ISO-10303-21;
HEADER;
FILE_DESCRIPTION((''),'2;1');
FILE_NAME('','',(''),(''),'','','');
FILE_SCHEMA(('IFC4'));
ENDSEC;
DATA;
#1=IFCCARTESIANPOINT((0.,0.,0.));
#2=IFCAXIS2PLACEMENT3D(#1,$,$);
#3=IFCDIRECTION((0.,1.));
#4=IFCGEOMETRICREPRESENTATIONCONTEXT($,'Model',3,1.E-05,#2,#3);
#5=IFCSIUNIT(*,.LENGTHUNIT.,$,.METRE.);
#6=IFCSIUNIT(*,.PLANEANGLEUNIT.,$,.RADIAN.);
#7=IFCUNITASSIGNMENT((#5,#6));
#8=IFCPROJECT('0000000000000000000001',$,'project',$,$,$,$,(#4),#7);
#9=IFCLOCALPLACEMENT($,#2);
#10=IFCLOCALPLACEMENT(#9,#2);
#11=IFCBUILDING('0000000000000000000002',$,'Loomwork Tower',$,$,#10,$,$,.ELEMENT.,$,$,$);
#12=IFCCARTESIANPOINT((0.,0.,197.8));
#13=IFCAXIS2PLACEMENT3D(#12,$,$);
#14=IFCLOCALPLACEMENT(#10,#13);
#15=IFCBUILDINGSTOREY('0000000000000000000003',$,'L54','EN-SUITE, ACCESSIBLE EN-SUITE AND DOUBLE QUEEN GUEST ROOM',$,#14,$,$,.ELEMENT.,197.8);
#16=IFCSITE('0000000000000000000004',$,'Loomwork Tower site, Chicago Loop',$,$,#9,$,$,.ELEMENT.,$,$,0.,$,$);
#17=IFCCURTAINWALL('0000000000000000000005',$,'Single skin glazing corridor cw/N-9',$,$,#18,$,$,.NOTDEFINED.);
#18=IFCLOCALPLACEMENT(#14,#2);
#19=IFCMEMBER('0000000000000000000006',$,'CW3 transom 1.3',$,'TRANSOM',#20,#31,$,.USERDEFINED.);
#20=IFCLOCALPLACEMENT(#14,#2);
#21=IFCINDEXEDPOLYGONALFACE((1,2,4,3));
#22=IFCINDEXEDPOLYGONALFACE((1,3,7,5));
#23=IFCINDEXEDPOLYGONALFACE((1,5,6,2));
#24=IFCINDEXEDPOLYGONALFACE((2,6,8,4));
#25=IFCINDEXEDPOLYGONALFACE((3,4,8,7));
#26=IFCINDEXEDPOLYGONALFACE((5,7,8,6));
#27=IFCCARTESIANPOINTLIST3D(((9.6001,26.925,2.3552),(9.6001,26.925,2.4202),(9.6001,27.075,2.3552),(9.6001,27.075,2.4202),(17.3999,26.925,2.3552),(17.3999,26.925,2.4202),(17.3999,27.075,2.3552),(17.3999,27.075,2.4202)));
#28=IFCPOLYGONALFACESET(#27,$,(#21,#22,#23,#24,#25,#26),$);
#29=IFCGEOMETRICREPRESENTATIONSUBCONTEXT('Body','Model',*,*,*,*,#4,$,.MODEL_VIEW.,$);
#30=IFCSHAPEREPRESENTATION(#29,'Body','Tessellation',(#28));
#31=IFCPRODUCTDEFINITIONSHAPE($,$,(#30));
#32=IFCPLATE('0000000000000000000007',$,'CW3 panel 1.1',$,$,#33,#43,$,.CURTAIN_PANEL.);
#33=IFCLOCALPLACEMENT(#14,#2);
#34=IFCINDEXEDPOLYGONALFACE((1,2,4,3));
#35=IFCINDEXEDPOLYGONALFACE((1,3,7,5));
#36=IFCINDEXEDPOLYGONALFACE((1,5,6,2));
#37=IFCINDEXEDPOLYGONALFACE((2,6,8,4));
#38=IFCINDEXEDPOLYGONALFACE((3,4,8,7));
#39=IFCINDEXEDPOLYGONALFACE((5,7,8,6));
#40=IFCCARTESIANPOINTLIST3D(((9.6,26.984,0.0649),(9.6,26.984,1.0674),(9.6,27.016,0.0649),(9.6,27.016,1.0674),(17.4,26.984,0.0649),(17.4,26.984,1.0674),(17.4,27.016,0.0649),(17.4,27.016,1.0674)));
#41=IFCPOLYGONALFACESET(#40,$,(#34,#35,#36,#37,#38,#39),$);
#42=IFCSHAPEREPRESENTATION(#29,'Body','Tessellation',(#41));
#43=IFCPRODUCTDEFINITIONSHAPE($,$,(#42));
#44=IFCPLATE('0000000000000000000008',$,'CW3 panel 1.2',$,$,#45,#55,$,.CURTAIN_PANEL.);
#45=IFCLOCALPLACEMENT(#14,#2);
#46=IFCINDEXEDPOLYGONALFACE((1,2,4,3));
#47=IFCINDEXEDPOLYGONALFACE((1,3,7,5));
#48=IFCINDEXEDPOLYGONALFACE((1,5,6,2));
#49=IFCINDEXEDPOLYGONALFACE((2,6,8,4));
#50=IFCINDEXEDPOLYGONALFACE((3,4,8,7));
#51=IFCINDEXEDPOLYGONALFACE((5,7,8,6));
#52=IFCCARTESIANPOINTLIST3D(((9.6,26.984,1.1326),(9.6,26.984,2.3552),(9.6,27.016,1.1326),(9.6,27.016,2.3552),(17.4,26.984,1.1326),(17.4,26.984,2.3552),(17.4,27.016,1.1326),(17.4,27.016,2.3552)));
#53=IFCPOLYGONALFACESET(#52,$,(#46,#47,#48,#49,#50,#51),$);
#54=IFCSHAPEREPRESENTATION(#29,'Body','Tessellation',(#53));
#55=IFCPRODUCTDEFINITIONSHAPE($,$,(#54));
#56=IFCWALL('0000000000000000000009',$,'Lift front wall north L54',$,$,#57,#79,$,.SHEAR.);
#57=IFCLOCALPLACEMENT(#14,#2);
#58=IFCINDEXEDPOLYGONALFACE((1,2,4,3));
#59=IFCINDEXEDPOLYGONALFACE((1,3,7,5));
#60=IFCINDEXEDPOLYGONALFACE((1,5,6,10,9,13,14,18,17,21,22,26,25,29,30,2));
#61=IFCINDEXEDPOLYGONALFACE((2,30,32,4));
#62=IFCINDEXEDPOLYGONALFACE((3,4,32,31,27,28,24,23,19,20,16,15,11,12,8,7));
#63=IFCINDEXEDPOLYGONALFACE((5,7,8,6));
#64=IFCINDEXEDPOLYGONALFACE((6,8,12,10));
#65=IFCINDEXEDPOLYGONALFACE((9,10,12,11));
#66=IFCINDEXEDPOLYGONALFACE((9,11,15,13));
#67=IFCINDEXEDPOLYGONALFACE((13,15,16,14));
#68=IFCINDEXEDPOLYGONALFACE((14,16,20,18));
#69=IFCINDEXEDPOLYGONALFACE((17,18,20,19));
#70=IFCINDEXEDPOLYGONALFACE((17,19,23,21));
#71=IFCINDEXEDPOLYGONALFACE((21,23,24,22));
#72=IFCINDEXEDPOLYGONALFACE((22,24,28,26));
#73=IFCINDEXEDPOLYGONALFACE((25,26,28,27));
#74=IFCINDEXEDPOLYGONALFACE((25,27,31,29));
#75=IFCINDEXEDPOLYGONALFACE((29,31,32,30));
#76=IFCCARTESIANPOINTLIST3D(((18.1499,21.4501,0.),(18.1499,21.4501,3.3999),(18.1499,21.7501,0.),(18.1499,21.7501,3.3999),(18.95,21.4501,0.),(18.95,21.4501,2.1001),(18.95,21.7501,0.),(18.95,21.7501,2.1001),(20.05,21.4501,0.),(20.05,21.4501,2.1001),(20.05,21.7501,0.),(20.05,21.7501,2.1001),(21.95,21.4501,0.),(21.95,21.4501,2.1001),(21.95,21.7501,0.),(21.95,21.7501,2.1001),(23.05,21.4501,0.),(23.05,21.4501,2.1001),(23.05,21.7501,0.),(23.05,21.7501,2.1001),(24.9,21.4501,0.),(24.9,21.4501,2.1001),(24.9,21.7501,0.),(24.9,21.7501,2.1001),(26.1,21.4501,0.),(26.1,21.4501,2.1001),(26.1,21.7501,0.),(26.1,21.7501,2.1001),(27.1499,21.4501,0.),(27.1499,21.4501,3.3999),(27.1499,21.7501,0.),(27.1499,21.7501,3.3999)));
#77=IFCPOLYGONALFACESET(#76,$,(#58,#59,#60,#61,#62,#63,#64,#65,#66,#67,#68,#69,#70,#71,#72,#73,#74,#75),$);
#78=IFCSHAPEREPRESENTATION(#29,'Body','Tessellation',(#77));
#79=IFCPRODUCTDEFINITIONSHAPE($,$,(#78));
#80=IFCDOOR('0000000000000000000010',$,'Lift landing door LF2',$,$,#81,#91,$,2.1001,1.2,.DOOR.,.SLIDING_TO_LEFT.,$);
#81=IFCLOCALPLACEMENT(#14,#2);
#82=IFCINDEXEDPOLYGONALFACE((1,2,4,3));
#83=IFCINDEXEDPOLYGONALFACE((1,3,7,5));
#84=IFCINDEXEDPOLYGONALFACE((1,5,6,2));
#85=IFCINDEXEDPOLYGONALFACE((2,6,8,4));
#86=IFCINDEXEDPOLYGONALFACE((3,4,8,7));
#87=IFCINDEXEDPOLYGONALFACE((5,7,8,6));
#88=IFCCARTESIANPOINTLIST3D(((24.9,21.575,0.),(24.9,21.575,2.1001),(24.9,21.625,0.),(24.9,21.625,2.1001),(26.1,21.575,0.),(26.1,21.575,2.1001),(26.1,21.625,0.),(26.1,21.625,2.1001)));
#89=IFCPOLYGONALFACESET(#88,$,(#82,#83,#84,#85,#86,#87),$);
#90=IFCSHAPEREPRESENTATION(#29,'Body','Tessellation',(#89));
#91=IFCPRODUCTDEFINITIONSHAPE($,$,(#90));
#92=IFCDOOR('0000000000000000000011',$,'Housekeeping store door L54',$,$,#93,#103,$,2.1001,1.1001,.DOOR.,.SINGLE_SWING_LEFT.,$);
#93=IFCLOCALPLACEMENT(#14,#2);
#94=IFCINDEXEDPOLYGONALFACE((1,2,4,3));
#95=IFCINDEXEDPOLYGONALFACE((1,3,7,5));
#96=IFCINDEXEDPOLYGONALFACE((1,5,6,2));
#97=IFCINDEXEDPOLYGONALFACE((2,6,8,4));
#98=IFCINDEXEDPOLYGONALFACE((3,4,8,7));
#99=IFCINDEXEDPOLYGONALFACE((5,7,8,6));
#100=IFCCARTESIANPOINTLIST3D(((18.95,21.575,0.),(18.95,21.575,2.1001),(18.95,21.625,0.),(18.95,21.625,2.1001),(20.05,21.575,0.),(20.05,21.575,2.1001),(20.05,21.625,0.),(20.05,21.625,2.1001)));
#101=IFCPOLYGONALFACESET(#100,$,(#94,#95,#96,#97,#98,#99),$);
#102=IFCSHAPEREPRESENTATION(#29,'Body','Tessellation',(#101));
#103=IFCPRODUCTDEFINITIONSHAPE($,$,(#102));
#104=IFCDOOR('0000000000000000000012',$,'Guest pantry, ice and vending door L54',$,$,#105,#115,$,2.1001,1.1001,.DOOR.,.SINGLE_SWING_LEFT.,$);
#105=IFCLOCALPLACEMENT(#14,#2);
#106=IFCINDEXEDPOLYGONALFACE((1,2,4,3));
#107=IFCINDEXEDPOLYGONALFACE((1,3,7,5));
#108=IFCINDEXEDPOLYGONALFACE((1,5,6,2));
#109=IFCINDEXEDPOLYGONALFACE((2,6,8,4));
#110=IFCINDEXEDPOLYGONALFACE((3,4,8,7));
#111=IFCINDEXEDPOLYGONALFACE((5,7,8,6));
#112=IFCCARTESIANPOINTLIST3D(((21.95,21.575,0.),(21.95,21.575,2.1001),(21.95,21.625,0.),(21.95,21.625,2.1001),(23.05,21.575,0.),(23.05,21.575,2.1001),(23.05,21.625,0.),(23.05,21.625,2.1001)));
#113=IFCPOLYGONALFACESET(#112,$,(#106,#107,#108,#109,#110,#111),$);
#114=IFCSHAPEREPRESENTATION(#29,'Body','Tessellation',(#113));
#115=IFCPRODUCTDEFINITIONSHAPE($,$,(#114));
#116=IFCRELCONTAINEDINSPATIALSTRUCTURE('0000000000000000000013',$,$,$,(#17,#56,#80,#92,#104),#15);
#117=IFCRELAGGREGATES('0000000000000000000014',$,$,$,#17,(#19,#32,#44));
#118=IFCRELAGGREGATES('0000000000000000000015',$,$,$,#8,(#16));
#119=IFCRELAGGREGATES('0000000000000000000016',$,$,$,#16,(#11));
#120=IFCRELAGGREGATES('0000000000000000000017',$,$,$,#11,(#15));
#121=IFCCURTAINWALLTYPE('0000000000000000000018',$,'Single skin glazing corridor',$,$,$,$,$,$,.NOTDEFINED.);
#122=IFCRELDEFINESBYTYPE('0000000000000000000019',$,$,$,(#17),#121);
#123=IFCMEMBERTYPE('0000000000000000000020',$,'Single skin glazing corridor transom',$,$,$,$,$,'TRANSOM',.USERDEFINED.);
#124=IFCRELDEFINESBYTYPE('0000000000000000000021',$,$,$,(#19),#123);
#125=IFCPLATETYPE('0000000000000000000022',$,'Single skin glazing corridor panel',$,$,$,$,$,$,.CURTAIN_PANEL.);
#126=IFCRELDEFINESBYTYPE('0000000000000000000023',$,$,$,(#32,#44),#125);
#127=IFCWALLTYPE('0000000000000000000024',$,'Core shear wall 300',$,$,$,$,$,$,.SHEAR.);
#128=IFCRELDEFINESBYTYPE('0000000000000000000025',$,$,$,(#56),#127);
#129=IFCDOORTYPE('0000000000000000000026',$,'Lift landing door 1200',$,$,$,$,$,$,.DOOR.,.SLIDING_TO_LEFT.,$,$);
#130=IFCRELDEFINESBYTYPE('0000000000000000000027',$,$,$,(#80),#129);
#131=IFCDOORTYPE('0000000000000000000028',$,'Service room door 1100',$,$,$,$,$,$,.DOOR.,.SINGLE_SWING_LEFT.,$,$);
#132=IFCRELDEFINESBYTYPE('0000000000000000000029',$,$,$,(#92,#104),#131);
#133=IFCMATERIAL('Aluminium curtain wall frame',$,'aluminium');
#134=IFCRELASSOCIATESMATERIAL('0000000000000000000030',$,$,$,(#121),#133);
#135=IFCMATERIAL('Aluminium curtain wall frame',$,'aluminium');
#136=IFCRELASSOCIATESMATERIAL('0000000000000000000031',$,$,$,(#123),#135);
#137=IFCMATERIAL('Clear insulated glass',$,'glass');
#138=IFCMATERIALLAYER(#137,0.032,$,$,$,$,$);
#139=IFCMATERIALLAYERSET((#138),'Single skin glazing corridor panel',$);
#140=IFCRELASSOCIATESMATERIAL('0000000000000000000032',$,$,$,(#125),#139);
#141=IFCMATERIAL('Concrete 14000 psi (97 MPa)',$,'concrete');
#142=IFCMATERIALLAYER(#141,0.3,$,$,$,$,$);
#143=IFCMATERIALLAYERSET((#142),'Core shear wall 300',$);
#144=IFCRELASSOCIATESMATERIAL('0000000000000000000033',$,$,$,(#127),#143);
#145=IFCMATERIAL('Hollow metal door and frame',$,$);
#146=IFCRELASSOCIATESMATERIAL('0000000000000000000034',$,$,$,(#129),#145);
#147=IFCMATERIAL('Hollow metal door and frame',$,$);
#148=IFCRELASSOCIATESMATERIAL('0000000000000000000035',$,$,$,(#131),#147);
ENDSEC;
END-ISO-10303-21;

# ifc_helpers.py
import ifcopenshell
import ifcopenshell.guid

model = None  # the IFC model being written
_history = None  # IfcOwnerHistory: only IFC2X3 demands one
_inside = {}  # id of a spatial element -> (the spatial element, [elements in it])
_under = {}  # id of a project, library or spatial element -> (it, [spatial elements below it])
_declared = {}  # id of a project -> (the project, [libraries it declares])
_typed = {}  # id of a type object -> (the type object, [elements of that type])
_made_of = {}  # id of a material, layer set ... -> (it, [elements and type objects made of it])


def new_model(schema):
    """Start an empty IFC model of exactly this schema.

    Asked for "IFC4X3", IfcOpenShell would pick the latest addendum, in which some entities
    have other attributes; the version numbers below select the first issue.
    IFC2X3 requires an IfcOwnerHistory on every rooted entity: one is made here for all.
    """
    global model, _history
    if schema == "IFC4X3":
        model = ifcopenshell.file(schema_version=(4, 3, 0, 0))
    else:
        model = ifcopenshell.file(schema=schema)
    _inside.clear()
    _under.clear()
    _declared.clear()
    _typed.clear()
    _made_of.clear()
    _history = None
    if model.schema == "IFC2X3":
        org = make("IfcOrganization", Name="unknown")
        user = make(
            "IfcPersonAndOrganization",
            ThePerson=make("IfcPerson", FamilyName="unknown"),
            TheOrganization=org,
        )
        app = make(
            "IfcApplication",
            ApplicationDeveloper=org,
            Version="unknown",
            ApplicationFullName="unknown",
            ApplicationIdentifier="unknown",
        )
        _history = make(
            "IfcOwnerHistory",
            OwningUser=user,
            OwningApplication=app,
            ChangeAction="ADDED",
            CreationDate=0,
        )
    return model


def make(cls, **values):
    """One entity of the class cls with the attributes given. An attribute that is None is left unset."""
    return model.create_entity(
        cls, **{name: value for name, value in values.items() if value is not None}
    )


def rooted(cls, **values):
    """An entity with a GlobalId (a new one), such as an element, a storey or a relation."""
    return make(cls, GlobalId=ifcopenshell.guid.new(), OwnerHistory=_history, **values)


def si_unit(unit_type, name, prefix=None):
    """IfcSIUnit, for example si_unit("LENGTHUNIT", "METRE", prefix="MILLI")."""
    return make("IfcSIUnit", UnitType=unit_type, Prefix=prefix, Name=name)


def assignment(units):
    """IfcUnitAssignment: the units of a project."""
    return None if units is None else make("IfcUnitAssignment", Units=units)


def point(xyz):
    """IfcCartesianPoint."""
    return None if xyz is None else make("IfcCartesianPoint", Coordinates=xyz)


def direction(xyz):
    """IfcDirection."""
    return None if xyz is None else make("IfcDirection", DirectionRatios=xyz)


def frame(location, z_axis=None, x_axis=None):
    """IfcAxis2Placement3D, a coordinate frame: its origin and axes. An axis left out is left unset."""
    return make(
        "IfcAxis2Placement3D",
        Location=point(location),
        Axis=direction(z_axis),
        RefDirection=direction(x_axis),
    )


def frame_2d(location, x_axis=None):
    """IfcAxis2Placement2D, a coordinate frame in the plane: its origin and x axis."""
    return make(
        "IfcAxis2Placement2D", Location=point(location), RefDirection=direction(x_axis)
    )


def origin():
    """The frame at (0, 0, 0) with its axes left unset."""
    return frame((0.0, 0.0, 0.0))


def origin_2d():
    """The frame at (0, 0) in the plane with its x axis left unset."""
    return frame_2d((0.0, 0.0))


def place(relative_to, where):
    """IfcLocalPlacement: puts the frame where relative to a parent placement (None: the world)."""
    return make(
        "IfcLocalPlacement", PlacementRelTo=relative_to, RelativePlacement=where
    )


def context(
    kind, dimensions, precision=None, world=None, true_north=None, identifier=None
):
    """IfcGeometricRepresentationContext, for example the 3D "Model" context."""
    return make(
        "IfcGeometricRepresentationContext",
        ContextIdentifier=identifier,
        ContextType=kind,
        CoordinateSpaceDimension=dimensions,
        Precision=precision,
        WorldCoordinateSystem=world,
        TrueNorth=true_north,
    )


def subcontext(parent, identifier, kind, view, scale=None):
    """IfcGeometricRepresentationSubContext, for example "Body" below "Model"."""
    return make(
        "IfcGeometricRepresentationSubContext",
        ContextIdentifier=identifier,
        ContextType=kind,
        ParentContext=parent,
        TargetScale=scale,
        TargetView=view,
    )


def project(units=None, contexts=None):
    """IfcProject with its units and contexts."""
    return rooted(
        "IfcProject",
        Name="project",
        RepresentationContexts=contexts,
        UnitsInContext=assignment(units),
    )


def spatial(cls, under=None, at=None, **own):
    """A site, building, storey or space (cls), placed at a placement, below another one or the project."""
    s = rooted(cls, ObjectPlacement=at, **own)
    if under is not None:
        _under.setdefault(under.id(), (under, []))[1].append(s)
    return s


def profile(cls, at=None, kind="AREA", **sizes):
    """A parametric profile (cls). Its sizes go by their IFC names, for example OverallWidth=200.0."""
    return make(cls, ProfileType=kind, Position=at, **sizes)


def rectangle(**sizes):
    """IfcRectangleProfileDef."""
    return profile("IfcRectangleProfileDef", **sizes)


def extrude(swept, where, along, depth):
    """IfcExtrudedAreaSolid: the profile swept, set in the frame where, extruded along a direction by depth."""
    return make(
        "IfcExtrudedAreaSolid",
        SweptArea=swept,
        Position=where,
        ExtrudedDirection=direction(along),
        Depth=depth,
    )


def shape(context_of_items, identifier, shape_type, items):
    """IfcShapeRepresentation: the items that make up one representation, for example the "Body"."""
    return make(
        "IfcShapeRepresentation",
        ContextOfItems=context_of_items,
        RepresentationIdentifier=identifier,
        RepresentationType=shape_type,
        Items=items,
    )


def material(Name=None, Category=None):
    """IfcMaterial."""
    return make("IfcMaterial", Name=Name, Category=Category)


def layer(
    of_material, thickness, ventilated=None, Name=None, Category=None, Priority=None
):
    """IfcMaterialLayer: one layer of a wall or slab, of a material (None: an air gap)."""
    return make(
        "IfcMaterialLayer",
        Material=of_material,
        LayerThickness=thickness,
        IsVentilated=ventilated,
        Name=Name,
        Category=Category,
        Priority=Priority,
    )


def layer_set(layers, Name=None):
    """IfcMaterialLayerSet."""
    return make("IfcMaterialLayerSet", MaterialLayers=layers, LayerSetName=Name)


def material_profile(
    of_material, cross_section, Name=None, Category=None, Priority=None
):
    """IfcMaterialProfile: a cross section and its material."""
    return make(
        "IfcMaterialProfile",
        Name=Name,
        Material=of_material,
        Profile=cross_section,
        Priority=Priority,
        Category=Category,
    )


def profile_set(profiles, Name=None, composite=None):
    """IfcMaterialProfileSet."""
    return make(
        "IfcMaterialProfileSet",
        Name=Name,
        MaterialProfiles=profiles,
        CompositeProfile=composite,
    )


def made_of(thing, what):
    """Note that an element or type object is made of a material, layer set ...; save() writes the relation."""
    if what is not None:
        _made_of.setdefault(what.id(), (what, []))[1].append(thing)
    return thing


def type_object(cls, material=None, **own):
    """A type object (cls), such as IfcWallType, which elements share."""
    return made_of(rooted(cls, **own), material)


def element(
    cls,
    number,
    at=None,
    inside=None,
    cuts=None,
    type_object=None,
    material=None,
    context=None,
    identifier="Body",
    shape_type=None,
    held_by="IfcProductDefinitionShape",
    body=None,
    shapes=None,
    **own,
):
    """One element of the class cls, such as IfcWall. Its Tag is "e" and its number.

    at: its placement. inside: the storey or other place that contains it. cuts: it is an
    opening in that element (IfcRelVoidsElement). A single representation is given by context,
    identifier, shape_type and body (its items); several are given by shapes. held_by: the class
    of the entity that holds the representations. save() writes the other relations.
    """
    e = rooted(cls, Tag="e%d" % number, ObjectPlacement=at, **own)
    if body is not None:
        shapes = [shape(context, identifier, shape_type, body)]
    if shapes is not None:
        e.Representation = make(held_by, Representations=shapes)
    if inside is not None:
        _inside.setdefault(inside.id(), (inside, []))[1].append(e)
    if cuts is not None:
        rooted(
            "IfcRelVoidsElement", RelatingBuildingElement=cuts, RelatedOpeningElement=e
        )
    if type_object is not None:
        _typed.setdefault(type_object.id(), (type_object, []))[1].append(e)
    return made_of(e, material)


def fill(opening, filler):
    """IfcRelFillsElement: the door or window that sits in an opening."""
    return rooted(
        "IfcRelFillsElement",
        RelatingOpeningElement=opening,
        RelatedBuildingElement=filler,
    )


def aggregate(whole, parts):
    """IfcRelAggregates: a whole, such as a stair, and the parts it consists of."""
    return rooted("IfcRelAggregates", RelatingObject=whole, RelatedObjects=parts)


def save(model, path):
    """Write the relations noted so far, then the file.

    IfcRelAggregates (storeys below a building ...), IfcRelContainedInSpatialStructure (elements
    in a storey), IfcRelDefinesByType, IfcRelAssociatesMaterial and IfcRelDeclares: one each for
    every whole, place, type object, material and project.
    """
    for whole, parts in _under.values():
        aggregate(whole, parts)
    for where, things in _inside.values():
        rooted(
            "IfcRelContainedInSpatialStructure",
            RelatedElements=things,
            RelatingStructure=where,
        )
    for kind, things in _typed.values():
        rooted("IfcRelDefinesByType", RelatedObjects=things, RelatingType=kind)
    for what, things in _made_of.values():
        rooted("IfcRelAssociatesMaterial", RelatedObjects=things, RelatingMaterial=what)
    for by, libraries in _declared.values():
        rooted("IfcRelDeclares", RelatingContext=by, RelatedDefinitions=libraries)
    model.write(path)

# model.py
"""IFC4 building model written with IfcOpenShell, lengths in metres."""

from ifc_helpers import new_model, si_unit, direction, frame, frame_2d, origin, origin_2d, place, context, subcontext, project, spatial, rectangle, extrude, material, layer, layer_set, material_profile, profile_set, type_object, element, fill, aggregate, save


model = new_model("IFC4")

# Units and contexts
model_context = context("Model", 3, precision=1e-05, world=origin(), true_north=direction((0.0, 1.0)))
body_context = subcontext(model_context, "Body", "Model", "MODEL_VIEW")
ifc_project = project(units=[si_unit("LENGTHUNIT", "METRE"), si_unit("PLANEANGLEUNIT", "RADIAN")], contexts=[model_context])

# Site, building, storey
site_placement = place(None, origin())
site = spatial("IfcSite", under=ifc_project, at=site_placement, Name="Loomwork Tower site, Chicago Loop", CompositionType="ELEMENT", RefElevation=0.0)
building_placement = place(site_placement, origin())
building = spatial("IfcBuilding", under=site, at=building_placement, Name="Loomwork Tower", CompositionType="ELEMENT")
storey_placement = place(building_placement, frame((0.0, 0.0, 197.8)))
storey = spatial("IfcBuildingStorey", under=building, at=storey_placement, Name="L54", Description="EN-SUITE, ACCESSIBLE EN-SUITE AND DOUBLE QUEEN GUEST ROOM", CompositionType="ELEMENT", Elevation=197.8)

# Shared definitions
ifc_material_1 = material(Name="Aluminium curtain wall frame", Category="aluminium")
curtain_wall_type = type_object("IfcCurtainWallType", Name="Single skin glazing corridor", PredefinedType="NOTDEFINED", material=ifc_material_1)

# Curtain wall
curtain_wall_1_placement = place(storey_placement, origin())
curtain_wall_1 = element("IfcCurtainWall", 1, at=curtain_wall_1_placement, inside=storey, type_object=curtain_wall_type, Name="Single skin glazing corridor cw/N-9", PredefinedType="NOTDEFINED")

# Member
ifc_material_2 = material(Name="Aluminium curtain wall frame", Category="aluminium")
ifc_material_profile_1 = material_profile(ifc_material_2, rectangle(XDim=0.1499, YDim=0.0649, at=origin_2d()), Name="AL 65x150")
ifc_profile_set_1 = profile_set([ifc_material_profile_1], Name="Aluminium curtain wall frame")
member_type_1 = type_object("IfcMemberType", Name="Single skin glazing corridor transom", ElementType="TRANSOM", PredefinedType="USERDEFINED", material=ifc_profile_set_1)
member_1_placement = place(storey_placement, frame((17.3999, 27.0, 2.3877), z_axis=(-1.0, 0.0, 0.0), x_axis=(0.0, -1.0, 0.0)))
member_1 = element("IfcMember", 2, at=member_1_placement, type_object=member_type_1, Name="CW3 transom 1.3", ObjectType="TRANSOM", PredefinedType="USERDEFINED", context=body_context, shape_type="SweptSolid", body=[
    extrude(rectangle(XDim=0.1499, YDim=0.0649, at=origin_2d()), origin(), (0.0, 0.0, 1.0), 7.7998),
])

# Plates
ifc_material_3 = material(Name="Clear insulated glass", Category="glass")
ifc_layer_1 = layer(ifc_material_3, 0.032)
ifc_layer_set_1 = layer_set([ifc_layer_1], Name="Single skin glazing corridor panel")
plate_type = type_object("IfcPlateType", Name="Single skin glazing corridor panel", PredefinedType="CURTAIN_PANEL", material=ifc_layer_set_1)
plate_1_placement = place(storey_placement, frame((13.5, 27.0, 0.0649), z_axis=(0.0, 0.0, 1.0), x_axis=(-1.0, 0.0, 0.0)))
plate_1 = element("IfcPlate", 3, at=plate_1_placement, type_object=plate_type, Name="CW3 panel 1.1", PredefinedType="CURTAIN_PANEL", context=body_context, shape_type="SweptSolid", body=[
    extrude(rectangle(XDim=7.8, YDim=0.032, at=origin_2d()), origin(), (0.0, 0.0, 1.0), 1.0024),
])
plate_2_placement = place(storey_placement, frame((13.5, 27.0, 1.1326), z_axis=(0.0, 0.0, 1.0), x_axis=(-1.0, 0.0, 0.0)))
plate_2 = element("IfcPlate", 4, at=plate_2_placement, type_object=plate_type, Name="CW3 panel 1.2", PredefinedType="CURTAIN_PANEL", context=body_context, shape_type="SweptSolid", body=[
    extrude(rectangle(XDim=7.8, YDim=0.032, at=origin_2d()), origin(), (0.0, 0.0, 1.0), 1.2227),
])
aggregate(curtain_wall_1, [member_1, plate_1, plate_2])

# Wall, openings, doors
ifc_material_4 = material(Name="Concrete 14000 psi (97 MPa)", Category="concrete")
ifc_layer_2 = layer(ifc_material_4, 0.3)
ifc_layer_set_2 = layer_set([ifc_layer_2], Name="Core shear wall 300")
wall_type_1 = type_object("IfcWallType", Name="Core shear wall 300", PredefinedType="SHEAR", material=ifc_layer_set_2)
wall_1_placement = place(storey_placement, frame((18.1499, 21.6001, 0.0), z_axis=(0.0, 0.0, 1.0), x_axis=(1.0, 0.0, 0.0)))
wall_1 = element("IfcWall", 5, at=wall_1_placement, inside=storey, type_object=wall_type_1, Name="Lift front wall north L54", PredefinedType="SHEAR", context=body_context, shape_type="SweptSolid", body=[
    extrude(rectangle(XDim=9.0, YDim=0.3, at=frame_2d((4.5, 0.0))), origin(), (0.0, 0.0, 1.0), 3.3999),
])
opening_1_placement = place(wall_1_placement, frame((6.75, 0.0, 0.0)))
opening_1 = element("IfcOpeningElement", 6, at=opening_1_placement, cuts=wall_1, PredefinedType="OPENING", context=body_context, shape_type="SweptSolid", body=[
    extrude(rectangle(XDim=1.2, YDim=2.1001, at=frame_2d((0.6001, 1.05))), frame((0.0, 0.1599, 0.0), z_axis=(0.0, -1.0, 0.0), x_axis=(1.0, 0.0, 0.0)), (0.0, 0.0, 1.0), 0.3201),
])
opening_2_placement = place(wall_1_placement, frame((0.8, 0.0, 0.0)))
opening_2 = element("IfcOpeningElement", 7, at=opening_2_placement, cuts=wall_1, PredefinedType="OPENING", context=body_context, shape_type="SweptSolid", body=[
    extrude(rectangle(XDim=1.1001, YDim=2.1001, at=frame_2d((0.55, 1.05))), frame((0.0, 0.1599, 0.0), z_axis=(0.0, -1.0, 0.0), x_axis=(1.0, 0.0, 0.0)), (0.0, 0.0, 1.0), 0.3201),
])
opening_3_placement = place(wall_1_placement, frame((3.8, 0.0, 0.0)))
opening_3 = element("IfcOpeningElement", 8, at=opening_3_placement, cuts=wall_1, PredefinedType="OPENING", context=body_context, shape_type="SweptSolid", body=[
    extrude(rectangle(XDim=1.1001, YDim=2.1001, at=frame_2d((0.55, 1.05))), frame((0.0, 0.1599, 0.0), z_axis=(0.0, -1.0, 0.0), x_axis=(1.0, 0.0, 0.0)), (0.0, 0.0, 1.0), 0.3201),
])
ifc_material_5 = material(Name="Hollow metal door and frame")
door_type_1 = type_object("IfcDoorType", Name="Lift landing door 1200", OperationType="SLIDING_TO_LEFT", PredefinedType="DOOR", material=ifc_material_5)
door_1_placement = place(opening_1_placement, origin())
door_1 = element("IfcDoor", 9, at=door_1_placement, inside=storey, type_object=door_type_1, Name="Lift landing door LF2", OperationType="SLIDING_TO_LEFT", OverallHeight=2.1001, OverallWidth=1.2, PredefinedType="DOOR", context=body_context, shape_type="SweptSolid", body=[
    extrude(rectangle(XDim=1.2, YDim=2.1001, at=frame_2d((0.6001, 1.05))), frame((0.0, 0.0249, 0.0), z_axis=(0.0, -1.0, 0.0), x_axis=(1.0, 0.0, 0.0)), (0.0, 0.0, 1.0), 0.05),
])
fill(opening_1, door_1)
ifc_material_6 = material(Name="Hollow metal door and frame")
door_type_2 = type_object("IfcDoorType", Name="Service room door 1100", OperationType="SINGLE_SWING_LEFT", PredefinedType="DOOR", material=ifc_material_6)
door_2_placement = place(opening_2_placement, origin())
door_2 = element("IfcDoor", 10, at=door_2_placement, inside=storey, type_object=door_type_2, Name="Housekeeping store door L54", OperationType="SINGLE_SWING_LEFT", OverallHeight=2.1001, OverallWidth=1.1001, PredefinedType="DOOR", context=body_context, shape_type="SweptSolid", body=[
    extrude(rectangle(XDim=1.1001, YDim=2.1001, at=frame_2d((0.55, 1.05))), frame((0.0, 0.0249, 0.0), z_axis=(0.0, -1.0, 0.0), x_axis=(1.0, 0.0, 0.0)), (0.0, 0.0, 1.0), 0.05),
])
fill(opening_2, door_2)
door_3_placement = place(opening_3_placement, origin())
door_3 = element("IfcDoor", 11, at=door_3_placement, inside=storey, type_object=door_type_2, Name="Guest pantry, ice and vending door L54", OperationType="SINGLE_SWING_LEFT", OverallHeight=2.1001, OverallWidth=1.1001, PredefinedType="DOOR", context=body_context, shape_type="SweptSolid", body=[
    extrude(rectangle(XDim=1.1001, YDim=2.1001, at=frame_2d((0.55, 1.05))), frame((0.0, 0.0249, 0.0), z_axis=(0.0, -1.0, 0.0), x_axis=(1.0, 0.0, 0.0)), (0.0, 0.0, 1.0), 0.05),
])
fill(opening_3, door_3)

save(model, "model.ifc")
